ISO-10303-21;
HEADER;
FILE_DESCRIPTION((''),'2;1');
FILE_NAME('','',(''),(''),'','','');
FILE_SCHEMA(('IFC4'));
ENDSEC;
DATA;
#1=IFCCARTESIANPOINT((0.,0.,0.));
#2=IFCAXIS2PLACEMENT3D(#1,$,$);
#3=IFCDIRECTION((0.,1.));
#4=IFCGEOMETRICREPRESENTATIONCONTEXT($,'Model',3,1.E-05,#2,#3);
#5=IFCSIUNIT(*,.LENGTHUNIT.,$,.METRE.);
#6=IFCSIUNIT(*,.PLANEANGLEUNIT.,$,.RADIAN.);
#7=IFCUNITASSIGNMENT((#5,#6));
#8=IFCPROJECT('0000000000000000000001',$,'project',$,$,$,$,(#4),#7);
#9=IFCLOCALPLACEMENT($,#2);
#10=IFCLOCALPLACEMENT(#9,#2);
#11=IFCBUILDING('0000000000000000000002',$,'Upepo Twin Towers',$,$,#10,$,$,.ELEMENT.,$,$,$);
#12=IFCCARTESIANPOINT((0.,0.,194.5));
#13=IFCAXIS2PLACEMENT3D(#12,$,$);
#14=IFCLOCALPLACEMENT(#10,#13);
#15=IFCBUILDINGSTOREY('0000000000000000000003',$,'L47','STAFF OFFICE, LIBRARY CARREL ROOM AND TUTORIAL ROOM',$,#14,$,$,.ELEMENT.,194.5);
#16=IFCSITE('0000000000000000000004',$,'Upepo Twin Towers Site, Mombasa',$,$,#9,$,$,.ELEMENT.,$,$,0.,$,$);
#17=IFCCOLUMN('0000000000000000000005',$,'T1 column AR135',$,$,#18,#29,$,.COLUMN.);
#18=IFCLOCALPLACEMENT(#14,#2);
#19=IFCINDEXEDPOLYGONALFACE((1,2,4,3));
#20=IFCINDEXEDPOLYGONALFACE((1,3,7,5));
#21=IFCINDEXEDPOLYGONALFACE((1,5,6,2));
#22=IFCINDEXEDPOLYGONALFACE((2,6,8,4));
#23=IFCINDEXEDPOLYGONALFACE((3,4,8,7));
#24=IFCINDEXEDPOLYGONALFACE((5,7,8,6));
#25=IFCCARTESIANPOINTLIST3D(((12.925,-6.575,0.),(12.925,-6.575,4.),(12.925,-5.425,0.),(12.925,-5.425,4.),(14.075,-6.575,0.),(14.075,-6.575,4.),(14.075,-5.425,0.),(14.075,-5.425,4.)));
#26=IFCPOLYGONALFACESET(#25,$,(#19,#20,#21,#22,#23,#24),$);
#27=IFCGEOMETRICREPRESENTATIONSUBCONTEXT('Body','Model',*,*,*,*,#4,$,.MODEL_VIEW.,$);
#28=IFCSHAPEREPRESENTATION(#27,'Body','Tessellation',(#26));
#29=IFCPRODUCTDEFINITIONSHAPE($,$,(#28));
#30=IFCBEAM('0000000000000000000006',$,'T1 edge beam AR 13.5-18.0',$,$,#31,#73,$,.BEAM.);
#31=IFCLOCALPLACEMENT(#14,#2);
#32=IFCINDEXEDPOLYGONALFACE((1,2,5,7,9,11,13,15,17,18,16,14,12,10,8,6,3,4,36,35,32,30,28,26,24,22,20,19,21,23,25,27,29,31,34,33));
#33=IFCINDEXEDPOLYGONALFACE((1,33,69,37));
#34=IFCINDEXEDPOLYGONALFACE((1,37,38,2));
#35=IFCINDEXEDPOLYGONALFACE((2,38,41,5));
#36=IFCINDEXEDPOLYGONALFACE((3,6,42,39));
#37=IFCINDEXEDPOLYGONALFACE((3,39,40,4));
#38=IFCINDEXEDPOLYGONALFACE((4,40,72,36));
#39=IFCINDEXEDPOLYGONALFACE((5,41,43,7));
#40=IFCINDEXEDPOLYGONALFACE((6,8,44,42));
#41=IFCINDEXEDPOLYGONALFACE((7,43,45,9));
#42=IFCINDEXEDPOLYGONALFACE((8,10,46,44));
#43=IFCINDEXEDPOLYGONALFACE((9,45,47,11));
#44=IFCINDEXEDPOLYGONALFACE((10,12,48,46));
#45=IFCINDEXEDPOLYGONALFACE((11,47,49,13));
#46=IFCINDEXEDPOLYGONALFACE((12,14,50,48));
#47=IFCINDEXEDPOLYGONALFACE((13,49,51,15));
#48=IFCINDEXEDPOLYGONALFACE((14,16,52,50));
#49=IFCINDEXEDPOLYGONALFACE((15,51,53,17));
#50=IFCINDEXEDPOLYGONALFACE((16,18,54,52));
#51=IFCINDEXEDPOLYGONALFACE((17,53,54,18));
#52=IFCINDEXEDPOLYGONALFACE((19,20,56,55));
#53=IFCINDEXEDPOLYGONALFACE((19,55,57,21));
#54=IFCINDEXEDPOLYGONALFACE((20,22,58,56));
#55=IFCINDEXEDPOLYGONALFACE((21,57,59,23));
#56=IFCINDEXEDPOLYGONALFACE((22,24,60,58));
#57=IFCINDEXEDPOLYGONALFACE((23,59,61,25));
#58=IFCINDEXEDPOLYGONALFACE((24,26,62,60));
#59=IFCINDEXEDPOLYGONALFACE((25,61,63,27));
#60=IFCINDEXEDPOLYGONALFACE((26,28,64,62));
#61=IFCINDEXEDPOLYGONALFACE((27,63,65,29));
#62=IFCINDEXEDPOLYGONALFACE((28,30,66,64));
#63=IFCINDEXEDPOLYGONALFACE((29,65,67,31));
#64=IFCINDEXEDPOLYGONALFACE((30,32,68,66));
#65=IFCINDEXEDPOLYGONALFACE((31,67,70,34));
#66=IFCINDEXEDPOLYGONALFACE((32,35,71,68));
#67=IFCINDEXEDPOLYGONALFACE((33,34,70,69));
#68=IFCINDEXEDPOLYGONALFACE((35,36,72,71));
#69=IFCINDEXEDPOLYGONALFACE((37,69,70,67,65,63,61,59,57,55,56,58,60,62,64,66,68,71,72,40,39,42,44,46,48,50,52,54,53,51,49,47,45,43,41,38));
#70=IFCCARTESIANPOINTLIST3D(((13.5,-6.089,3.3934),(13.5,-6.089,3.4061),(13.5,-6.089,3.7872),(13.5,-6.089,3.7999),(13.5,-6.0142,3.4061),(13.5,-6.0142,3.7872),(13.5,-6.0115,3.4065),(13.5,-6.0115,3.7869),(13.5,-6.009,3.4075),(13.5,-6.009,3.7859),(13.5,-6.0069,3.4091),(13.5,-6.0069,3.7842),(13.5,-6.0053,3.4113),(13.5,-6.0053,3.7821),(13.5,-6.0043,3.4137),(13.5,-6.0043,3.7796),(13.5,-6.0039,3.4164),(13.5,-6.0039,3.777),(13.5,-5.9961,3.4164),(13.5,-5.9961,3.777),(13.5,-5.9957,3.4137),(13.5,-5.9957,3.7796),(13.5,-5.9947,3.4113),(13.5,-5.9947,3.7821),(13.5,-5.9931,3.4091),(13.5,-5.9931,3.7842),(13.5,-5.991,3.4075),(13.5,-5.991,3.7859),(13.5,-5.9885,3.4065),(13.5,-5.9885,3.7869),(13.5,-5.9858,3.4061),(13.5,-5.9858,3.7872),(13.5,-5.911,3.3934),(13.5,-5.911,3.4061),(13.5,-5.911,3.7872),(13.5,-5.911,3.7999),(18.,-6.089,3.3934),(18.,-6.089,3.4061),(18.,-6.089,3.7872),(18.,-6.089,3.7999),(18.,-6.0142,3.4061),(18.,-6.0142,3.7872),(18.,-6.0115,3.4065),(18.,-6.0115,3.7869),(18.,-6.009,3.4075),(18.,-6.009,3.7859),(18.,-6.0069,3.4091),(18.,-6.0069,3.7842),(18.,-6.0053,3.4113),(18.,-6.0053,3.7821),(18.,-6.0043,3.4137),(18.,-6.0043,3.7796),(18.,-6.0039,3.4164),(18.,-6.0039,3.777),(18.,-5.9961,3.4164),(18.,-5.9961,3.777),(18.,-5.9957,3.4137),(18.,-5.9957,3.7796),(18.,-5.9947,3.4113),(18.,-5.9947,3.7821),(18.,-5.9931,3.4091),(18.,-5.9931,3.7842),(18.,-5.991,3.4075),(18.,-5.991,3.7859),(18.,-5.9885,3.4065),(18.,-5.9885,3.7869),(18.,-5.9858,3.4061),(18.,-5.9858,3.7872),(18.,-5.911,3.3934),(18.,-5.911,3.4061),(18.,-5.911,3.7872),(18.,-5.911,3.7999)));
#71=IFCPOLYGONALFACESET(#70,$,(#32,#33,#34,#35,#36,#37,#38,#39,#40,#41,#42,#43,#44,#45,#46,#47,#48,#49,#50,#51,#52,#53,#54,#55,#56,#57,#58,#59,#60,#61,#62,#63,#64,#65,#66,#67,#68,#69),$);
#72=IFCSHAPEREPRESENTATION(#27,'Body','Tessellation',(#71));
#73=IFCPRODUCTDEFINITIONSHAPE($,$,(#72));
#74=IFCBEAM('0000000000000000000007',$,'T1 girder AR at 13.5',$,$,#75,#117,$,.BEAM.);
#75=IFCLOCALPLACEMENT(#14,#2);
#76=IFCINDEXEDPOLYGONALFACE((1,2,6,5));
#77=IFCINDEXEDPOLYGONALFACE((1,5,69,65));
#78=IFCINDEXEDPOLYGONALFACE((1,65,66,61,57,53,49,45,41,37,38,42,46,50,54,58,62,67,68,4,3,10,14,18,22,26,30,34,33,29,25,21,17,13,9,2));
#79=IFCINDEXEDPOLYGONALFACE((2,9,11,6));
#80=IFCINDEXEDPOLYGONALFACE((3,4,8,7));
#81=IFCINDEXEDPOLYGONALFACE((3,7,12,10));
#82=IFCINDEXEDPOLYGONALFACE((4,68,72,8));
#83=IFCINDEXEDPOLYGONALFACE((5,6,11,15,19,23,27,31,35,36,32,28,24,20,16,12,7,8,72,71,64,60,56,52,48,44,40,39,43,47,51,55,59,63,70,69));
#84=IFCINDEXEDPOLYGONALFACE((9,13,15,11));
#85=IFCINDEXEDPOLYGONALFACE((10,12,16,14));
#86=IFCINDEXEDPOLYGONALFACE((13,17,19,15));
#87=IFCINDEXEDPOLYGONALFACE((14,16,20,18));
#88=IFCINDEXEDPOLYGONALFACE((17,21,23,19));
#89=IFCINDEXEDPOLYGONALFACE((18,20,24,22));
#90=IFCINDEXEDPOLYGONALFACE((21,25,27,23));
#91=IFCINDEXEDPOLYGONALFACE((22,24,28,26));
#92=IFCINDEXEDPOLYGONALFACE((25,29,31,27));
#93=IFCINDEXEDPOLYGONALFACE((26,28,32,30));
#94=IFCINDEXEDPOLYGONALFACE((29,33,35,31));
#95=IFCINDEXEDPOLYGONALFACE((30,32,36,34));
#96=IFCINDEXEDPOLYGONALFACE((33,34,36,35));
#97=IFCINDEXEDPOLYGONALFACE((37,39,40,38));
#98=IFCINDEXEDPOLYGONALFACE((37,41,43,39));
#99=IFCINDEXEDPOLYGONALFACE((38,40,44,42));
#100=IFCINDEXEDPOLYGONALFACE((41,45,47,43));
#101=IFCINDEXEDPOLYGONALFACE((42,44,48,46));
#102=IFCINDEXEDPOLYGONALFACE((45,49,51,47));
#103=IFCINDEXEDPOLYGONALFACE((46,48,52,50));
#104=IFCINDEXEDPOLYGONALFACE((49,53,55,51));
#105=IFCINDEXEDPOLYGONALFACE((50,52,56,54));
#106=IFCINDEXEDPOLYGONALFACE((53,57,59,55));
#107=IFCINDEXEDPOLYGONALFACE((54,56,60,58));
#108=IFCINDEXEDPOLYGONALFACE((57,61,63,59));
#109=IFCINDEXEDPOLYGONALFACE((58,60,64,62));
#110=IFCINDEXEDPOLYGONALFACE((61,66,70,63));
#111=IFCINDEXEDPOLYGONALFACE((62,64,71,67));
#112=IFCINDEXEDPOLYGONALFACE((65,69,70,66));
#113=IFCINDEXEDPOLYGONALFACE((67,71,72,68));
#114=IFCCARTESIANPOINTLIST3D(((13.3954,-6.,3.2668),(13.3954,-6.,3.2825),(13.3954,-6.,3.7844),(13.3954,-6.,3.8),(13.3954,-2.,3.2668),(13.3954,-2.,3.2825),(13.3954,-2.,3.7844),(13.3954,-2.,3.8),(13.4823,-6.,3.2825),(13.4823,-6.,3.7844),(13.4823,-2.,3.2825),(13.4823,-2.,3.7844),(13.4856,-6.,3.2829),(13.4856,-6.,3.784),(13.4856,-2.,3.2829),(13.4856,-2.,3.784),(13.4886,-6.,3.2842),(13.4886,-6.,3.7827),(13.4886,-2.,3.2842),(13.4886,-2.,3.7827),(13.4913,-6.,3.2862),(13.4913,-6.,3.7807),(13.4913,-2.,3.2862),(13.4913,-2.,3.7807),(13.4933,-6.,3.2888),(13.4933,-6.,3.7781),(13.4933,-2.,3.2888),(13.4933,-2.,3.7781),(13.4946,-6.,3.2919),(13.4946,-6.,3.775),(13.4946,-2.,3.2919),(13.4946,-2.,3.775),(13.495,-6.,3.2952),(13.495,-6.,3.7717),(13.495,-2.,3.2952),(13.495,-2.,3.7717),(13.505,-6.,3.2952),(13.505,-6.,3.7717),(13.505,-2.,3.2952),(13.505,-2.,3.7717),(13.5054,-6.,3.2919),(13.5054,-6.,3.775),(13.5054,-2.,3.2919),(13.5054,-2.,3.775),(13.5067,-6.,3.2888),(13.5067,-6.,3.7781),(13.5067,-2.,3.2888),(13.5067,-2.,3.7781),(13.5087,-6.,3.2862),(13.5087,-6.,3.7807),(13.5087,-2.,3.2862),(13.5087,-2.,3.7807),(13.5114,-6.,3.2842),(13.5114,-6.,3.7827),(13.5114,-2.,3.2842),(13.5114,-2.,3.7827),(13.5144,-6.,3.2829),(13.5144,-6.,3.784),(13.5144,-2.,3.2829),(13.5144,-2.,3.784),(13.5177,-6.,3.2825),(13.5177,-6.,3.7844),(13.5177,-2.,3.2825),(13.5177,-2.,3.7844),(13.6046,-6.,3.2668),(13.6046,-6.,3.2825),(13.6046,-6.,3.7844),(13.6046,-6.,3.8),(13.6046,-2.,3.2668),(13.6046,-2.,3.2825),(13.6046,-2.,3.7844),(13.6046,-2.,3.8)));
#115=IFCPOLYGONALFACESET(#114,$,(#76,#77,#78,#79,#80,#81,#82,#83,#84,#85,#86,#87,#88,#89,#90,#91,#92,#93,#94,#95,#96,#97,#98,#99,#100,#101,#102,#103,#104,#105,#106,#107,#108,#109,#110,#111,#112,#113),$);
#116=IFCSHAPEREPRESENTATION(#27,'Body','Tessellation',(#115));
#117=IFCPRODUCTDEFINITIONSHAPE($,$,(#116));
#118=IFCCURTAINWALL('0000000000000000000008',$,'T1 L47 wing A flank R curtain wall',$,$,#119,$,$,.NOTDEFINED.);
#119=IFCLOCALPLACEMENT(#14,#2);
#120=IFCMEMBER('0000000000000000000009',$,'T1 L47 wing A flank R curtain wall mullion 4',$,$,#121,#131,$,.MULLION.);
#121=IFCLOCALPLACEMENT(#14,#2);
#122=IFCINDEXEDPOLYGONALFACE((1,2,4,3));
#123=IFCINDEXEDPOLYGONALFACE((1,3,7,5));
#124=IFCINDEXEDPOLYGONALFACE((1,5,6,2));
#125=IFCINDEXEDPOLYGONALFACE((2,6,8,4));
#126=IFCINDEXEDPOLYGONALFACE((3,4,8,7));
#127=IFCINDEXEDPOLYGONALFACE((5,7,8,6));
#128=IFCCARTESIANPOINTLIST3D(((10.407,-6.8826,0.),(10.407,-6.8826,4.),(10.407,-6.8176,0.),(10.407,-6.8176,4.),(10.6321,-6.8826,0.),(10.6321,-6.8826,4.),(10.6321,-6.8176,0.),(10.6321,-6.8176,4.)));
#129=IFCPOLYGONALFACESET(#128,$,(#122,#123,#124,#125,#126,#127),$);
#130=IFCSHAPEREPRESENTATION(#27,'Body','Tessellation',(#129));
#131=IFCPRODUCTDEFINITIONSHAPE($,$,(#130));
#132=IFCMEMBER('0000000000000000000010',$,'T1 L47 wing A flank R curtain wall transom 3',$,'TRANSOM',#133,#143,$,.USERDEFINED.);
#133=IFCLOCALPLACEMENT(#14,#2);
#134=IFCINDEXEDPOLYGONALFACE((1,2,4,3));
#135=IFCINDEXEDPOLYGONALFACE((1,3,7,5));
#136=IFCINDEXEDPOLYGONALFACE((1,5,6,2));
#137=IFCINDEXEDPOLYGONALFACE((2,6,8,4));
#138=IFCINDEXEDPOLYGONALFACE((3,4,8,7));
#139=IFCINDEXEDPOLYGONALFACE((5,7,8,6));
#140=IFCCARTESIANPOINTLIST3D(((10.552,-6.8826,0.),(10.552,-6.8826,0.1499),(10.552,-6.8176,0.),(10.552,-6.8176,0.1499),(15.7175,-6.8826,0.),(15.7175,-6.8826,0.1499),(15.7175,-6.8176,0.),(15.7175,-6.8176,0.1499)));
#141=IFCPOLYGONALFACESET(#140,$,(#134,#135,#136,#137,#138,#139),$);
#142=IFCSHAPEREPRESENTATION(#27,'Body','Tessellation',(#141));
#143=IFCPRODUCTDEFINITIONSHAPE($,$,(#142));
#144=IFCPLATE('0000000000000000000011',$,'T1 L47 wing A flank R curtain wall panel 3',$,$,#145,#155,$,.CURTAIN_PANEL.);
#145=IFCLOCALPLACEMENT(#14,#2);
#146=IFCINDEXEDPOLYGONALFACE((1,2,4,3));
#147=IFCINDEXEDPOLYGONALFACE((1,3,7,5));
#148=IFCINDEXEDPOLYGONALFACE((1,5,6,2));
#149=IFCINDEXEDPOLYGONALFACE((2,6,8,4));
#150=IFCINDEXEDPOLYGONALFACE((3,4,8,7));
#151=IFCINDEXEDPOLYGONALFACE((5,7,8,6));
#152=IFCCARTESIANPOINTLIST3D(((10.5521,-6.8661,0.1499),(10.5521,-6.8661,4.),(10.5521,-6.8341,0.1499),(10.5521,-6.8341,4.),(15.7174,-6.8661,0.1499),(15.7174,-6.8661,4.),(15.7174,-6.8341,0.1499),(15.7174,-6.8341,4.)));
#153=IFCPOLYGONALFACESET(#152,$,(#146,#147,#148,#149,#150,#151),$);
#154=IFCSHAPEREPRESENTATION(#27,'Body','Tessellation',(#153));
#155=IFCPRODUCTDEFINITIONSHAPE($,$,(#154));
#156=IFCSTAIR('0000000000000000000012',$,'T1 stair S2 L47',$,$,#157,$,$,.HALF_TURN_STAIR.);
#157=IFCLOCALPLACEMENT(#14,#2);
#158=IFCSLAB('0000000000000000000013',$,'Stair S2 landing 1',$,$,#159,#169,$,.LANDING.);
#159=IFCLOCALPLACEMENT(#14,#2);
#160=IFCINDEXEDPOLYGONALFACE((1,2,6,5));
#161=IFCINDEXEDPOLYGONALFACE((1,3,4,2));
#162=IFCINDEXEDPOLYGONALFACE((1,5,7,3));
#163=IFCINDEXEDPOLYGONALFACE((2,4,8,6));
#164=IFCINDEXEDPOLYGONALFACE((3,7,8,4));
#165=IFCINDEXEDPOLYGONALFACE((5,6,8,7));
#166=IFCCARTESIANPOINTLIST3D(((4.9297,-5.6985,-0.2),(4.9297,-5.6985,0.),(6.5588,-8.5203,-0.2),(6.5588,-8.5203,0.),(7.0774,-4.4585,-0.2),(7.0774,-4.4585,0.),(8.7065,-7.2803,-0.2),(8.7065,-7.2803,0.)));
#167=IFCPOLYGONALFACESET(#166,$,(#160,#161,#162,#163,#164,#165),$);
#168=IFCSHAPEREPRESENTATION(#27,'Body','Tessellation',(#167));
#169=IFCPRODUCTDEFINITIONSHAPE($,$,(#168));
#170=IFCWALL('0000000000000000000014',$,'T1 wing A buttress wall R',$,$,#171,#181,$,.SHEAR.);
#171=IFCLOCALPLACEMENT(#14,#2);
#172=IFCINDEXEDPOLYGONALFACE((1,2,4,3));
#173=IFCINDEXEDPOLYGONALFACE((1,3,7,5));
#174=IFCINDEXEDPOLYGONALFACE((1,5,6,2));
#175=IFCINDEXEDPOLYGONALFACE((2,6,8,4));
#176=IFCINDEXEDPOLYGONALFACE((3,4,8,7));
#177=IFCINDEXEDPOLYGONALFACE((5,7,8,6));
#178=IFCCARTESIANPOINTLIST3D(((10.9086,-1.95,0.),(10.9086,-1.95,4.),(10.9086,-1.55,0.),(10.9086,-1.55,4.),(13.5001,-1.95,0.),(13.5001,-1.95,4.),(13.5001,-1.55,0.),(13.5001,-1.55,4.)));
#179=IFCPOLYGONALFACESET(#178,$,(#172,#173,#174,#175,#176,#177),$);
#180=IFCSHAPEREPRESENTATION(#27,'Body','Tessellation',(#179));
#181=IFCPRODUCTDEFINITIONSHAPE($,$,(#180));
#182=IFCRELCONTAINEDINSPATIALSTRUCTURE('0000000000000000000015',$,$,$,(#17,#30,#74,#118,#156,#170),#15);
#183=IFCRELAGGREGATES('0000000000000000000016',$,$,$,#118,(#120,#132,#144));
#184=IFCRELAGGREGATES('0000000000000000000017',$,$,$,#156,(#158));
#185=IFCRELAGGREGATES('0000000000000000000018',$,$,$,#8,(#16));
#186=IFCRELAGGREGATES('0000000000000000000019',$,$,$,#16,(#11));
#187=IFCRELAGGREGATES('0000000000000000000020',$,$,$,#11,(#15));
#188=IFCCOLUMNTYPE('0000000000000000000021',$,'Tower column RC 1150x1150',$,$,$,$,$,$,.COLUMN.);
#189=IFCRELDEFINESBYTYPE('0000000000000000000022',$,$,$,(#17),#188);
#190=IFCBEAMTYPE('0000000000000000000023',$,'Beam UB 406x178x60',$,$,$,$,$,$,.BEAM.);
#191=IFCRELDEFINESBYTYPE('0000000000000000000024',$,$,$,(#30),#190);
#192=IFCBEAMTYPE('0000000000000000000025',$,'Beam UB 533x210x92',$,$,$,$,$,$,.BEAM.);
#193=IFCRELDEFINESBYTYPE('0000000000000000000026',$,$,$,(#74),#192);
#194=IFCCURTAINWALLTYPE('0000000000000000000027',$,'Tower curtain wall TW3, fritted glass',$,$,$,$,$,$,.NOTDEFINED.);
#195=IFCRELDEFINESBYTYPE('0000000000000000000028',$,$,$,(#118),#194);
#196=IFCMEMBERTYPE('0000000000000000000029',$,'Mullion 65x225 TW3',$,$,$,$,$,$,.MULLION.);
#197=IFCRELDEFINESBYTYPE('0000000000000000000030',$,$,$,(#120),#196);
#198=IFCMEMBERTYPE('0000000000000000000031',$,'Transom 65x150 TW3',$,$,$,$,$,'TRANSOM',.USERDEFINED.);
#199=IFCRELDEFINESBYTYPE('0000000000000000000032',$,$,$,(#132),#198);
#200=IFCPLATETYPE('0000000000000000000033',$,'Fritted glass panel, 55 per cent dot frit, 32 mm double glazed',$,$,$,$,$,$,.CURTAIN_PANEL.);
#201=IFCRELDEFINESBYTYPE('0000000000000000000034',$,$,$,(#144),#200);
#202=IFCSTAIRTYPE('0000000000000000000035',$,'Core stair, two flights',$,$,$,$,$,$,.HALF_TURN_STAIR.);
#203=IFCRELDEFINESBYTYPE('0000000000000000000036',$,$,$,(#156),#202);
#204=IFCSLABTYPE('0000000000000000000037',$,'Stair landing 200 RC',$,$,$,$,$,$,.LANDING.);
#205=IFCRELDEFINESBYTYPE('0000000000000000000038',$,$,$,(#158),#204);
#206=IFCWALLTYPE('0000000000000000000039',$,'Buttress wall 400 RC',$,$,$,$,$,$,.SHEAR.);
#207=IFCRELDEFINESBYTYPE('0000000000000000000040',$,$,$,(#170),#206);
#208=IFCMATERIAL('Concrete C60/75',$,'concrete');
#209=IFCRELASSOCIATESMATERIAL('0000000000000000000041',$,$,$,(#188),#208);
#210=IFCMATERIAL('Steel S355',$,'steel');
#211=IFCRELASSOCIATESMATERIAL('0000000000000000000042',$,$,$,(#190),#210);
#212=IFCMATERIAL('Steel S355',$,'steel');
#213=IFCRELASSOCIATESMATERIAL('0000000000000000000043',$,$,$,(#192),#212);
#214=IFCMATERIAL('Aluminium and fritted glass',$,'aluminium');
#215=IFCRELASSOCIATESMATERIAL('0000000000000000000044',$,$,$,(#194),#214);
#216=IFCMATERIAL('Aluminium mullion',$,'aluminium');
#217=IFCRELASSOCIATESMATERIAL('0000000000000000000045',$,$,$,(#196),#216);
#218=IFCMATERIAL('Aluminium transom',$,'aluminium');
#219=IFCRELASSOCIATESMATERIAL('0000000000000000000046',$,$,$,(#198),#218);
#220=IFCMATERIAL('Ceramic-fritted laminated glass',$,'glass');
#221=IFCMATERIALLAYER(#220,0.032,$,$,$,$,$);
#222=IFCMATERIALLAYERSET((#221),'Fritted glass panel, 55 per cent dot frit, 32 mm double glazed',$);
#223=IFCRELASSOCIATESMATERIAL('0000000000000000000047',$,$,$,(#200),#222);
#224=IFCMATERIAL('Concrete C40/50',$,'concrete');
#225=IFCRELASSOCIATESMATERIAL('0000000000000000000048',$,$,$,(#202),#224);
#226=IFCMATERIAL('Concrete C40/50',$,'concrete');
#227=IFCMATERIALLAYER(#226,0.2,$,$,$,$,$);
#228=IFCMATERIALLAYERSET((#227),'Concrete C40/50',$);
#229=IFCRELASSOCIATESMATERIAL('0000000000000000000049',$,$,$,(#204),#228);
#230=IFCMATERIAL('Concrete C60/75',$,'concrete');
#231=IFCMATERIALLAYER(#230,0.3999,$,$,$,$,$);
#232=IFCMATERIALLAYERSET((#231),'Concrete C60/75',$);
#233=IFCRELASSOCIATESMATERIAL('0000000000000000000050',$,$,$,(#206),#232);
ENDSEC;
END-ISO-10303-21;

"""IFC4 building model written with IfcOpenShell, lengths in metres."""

from ifc_helpers import new_model, si_unit, direction, frame, frame_2d, origin, origin_2d, place, context, subcontext, project, spatial, polyline, rectangle, i_section, outline, extrude, material, layer, layer_set, material_profile, profile_set, type_object, element, aggregate, save


model = new_model("IFC4")

# Units and contexts
model_context = context("Model", 3, precision=1e-05, world=origin(), true_north=direction((0.0, 1.0)))
body_context = subcontext(model_context, "Body", "Model", "MODEL_VIEW")
ifc_project = project(units=[si_unit("LENGTHUNIT", "METRE"), si_unit("PLANEANGLEUNIT", "RADIAN")], contexts=[model_context])

# Site, building, storey
site_placement = place(None, origin())
site = spatial("IfcSite", under=ifc_project, at=site_placement, Name="Upepo Twin Towers Site, Mombasa", CompositionType="ELEMENT", RefElevation=0.0)
building_placement = place(site_placement, origin())
building = spatial("IfcBuilding", under=site, at=building_placement, Name="Upepo Twin Towers", CompositionType="ELEMENT")
storey_placement = place(building_placement, frame((0.0, 0.0, 194.5)))
storey = spatial("IfcBuildingStorey", under=building, at=storey_placement, Name="L47", Description="STAFF OFFICE, LIBRARY CARREL ROOM AND TUTORIAL ROOM", CompositionType="ELEMENT", Elevation=194.5)

# Column
ifc_material_1 = material(Name="Concrete C60/75", Category="concrete")
ifc_material_profile_1 = material_profile(ifc_material_1, rectangle(XDim=1.1499, YDim=1.1499, at=origin_2d()), Name="RC 1150x1150")
ifc_profile_set_1 = profile_set([ifc_material_profile_1], Name="Concrete C60/75")
column_type = type_object("IfcColumnType", Name="Tower column RC 1150x1150", PredefinedType="COLUMN", material=ifc_profile_set_1)
column_placement = place(storey_placement, frame((13.5, -6.0, 0.0), z_axis=(0.0, 0.0, 1.0), x_axis=(1.0, 0.0, 0.0)))
element("IfcColumn", 1, at=column_placement, inside=storey, type_object=column_type, Name="T1 column AR135", PredefinedType="COLUMN", context=body_context, shape_type="SweptSolid", body=[
    extrude(rectangle(XDim=1.1499, YDim=1.1499, at=origin_2d()), origin(), (0.0, 0.0, 1.0), 4.0),
])

# Beams
ifc_material_2 = material(Name="Steel S355", Category="steel")
ifc_material_profile_2 = material_profile(ifc_material_2, i_section(OverallWidth=0.178, OverallDepth=0.4065, WebThickness=0.0078, FlangeThickness=0.0127, FilletRadius=0.0103, at=origin_2d()), Name="UB 406x178x60")
ifc_profile_set_2 = profile_set([ifc_material_profile_2], Name="Steel S355")
beam_type_1 = type_object("IfcBeamType", Name="Beam UB 406x178x60", PredefinedType="BEAM", material=ifc_profile_set_2)
beam_1_placement = place(storey_placement, frame((13.5, -6.0, 3.5967), z_axis=(1.0, 0.0, 0.0), x_axis=(0.0, 1.0, 0.0)))
element("IfcBeam", 2, at=beam_1_placement, inside=storey, type_object=beam_type_1, Name="T1 edge beam AR 13.5-18.0", PredefinedType="BEAM", context=body_context, shape_type="SweptSolid", body=[
    extrude(i_section(OverallWidth=0.178, OverallDepth=0.4065, WebThickness=0.0078, FlangeThickness=0.0127, FilletRadius=0.0103, at=origin_2d()), origin(), (0.0, 0.0, 1.0), 4.5),
])
ifc_material_3 = material(Name="Steel S355", Category="steel")
ifc_material_profile_3 = material_profile(ifc_material_3, i_section(OverallWidth=0.2092, OverallDepth=0.5332, WebThickness=0.01, FlangeThickness=0.0156, FilletRadius=0.0127, at=origin_2d()), Name="UB 533x210x92")
ifc_profile_set_3 = profile_set([ifc_material_profile_3], Name="Steel S355")
beam_type_2 = type_object("IfcBeamType", Name="Beam UB 533x210x92", PredefinedType="BEAM", material=ifc_profile_set_3)
beam_2_placement = place(storey_placement, frame((13.5, -6.0, 3.5334), z_axis=(0.0, 1.0, 0.0), x_axis=(-1.0, 0.0, 0.0)))
element("IfcBeam", 3, at=beam_2_placement, inside=storey, type_object=beam_type_2, Name="T1 girder AR at 13.5", PredefinedType="BEAM", context=body_context, shape_type="SweptSolid", body=[
    extrude(i_section(OverallWidth=0.2092, OverallDepth=0.5332, WebThickness=0.01, FlangeThickness=0.0156, FilletRadius=0.0127, at=origin_2d()), origin(), (0.0, 0.0, 1.0), 4.0),
])

# Curtain wall, members, plate
ifc_material_4 = material(Name="Aluminium and fritted glass", Category="aluminium")
curtain_wall_type = type_object("IfcCurtainWallType", Name="Tower curtain wall TW3, fritted glass", PredefinedType="NOTDEFINED", material=ifc_material_4)
curtain_wall_placement = place(storey_placement, origin())
curtain_wall = element("IfcCurtainWall", 4, at=curtain_wall_placement, inside=storey, type_object=curtain_wall_type, Name="T1 L47 wing A flank R curtain wall", PredefinedType="NOTDEFINED")
ifc_material_5 = material(Name="Aluminium mullion", Category="aluminium")
ifc_material_profile_4 = material_profile(ifc_material_5, rectangle(XDim=0.0649, YDim=0.2251, at=origin_2d()), Name="MULLION 65x225")
ifc_profile_set_4 = profile_set([ifc_material_profile_4], Name="Aluminium mullion")
member_type_1 = type_object("IfcMemberType", Name="Mullion 65x225 TW3", PredefinedType="MULLION", material=ifc_profile_set_4)
member_1_placement = place(storey_placement, frame((10.5195, -6.8501, 0.0), z_axis=(0.0, 0.0, 1.0), x_axis=(0.0, -1.0, 0.0)))
member_1 = element("IfcMember", 5, at=member_1_placement, type_object=member_type_1, Name="T1 L47 wing A flank R curtain wall mullion 4", PredefinedType="MULLION", context=body_context, shape_type="SweptSolid", body=[
    extrude(rectangle(XDim=0.0649, YDim=0.2251, at=origin_2d()), origin(), (0.0, 0.0, 1.0), 4.0),
])
ifc_material_6 = material(Name="Aluminium transom", Category="aluminium")
ifc_material_profile_5 = material_profile(ifc_material_6, rectangle(XDim=0.0649, YDim=0.1499, at=origin_2d()), Name="TRANSOM 65x150")
ifc_profile_set_5 = profile_set([ifc_material_profile_5], Name="Aluminium transom")
member_type_2 = type_object("IfcMemberType", Name="Transom 65x150 TW3", ElementType="TRANSOM", PredefinedType="USERDEFINED", material=ifc_profile_set_5)
member_2_placement = place(storey_placement, frame((15.7175, -6.8501, 0.075), z_axis=(-1.0, 0.0, 0.0), x_axis=(0.0, -1.0, 0.0)))
member_2 = element("IfcMember", 6, at=member_2_placement, type_object=member_type_2, Name="T1 L47 wing A flank R curtain wall transom 3", ObjectType="TRANSOM", PredefinedType="USERDEFINED", context=body_context, shape_type="SweptSolid", body=[
    extrude(rectangle(XDim=0.0649, YDim=0.1499, at=origin_2d()), origin(), (0.0, 0.0, 1.0), 5.1655),
])
ifc_material_7 = material(Name="Ceramic-fritted laminated glass", Category="glass")
ifc_layer_1 = layer(ifc_material_7, 0.032)
ifc_layer_set_1 = layer_set([ifc_layer_1], Name="Fritted glass panel, 55 per cent dot frit, 32 mm double glazed")
plate_type = type_object("IfcPlateType", Name="Fritted glass panel, 55 per cent dot frit, 32 mm double glazed", PredefinedType="CURTAIN_PANEL", material=ifc_layer_set_1)
plate_placement = place(storey_placement, frame((13.1348, -6.8501, 0.1499), z_axis=(0.0, 0.0, 1.0), x_axis=(-1.0, 0.0, 0.0)))
plate = element("IfcPlate", 7, at=plate_placement, type_object=plate_type, Name="T1 L47 wing A flank R curtain wall panel 3", PredefinedType="CURTAIN_PANEL", context=body_context, shape_type="SweptSolid", body=[
    extrude(rectangle(XDim=5.1653, YDim=0.032, at=origin_2d()), origin(), (0.0, 0.0, 1.0), 3.8501),
])
aggregate(curtain_wall, [member_1, member_2, plate])

# Stair, slab
ifc_material_8 = material(Name="Concrete C40/50", Category="concrete")
stair_type = type_object("IfcStairType", Name="Core stair, two flights", PredefinedType="HALF_TURN_STAIR", material=ifc_material_8)
stair_placement = place(storey_placement, origin())
stair = element("IfcStair", 8, at=stair_placement, inside=storey, type_object=stair_type, Name="T1 stair S2 L47", PredefinedType="HALF_TURN_STAIR")
ifc_material_9 = material(Name="Concrete C40/50", Category="concrete")
ifc_layer_2 = layer(ifc_material_9, 0.2)
ifc_layer_set_2 = layer_set([ifc_layer_2], Name="Concrete C40/50")
slab_type = type_object("IfcSlabType", Name="Stair landing 200 RC", PredefinedType="LANDING", material=ifc_layer_set_2)
slab_placement = place(storey_placement, frame((0.0, 0.0, -0.2)))
slab = element("IfcSlab", 9, at=slab_placement, type_object=slab_type, Name="Stair S2 landing 1", PredefinedType="LANDING", context=body_context, shape_type="SweptSolid", body=[
    extrude(outline(polyline([(4.9297, -5.6985), (6.5588, -8.5203), (8.7065, -7.2803), (7.0774, -4.4585), (4.9297, -5.6985)])), origin(), (0.0, 0.0, 1.0), 0.2),
])

# Wall
ifc_material_10 = material(Name="Concrete C60/75", Category="concrete")
ifc_layer_3 = layer(ifc_material_10, 0.3999)
ifc_layer_set_3 = layer_set([ifc_layer_3], Name="Concrete C60/75")
wall_type_1 = type_object("IfcWallType", Name="Buttress wall 400 RC", PredefinedType="SHEAR", material=ifc_layer_set_3)
wall_1_placement = place(storey_placement, frame((10.9084, -1.75, 0.0), z_axis=(0.0, 0.0, 1.0), x_axis=(1.0, 0.0, 0.0)))
element("IfcWall", 10, at=wall_1_placement, inside=storey, type_object=wall_type_1, Name="T1 wing A buttress wall R", PredefinedType="SHEAR", context=body_context, shape_type="SweptSolid", body=[
    extrude(rectangle(XDim=2.5916, YDim=0.3999, at=frame_2d((1.2959, 0.0))), origin(), (0.0, 0.0, 1.0), 4.0),
])

aggregate(stair, [slab])

save(model, "model.ifc")
